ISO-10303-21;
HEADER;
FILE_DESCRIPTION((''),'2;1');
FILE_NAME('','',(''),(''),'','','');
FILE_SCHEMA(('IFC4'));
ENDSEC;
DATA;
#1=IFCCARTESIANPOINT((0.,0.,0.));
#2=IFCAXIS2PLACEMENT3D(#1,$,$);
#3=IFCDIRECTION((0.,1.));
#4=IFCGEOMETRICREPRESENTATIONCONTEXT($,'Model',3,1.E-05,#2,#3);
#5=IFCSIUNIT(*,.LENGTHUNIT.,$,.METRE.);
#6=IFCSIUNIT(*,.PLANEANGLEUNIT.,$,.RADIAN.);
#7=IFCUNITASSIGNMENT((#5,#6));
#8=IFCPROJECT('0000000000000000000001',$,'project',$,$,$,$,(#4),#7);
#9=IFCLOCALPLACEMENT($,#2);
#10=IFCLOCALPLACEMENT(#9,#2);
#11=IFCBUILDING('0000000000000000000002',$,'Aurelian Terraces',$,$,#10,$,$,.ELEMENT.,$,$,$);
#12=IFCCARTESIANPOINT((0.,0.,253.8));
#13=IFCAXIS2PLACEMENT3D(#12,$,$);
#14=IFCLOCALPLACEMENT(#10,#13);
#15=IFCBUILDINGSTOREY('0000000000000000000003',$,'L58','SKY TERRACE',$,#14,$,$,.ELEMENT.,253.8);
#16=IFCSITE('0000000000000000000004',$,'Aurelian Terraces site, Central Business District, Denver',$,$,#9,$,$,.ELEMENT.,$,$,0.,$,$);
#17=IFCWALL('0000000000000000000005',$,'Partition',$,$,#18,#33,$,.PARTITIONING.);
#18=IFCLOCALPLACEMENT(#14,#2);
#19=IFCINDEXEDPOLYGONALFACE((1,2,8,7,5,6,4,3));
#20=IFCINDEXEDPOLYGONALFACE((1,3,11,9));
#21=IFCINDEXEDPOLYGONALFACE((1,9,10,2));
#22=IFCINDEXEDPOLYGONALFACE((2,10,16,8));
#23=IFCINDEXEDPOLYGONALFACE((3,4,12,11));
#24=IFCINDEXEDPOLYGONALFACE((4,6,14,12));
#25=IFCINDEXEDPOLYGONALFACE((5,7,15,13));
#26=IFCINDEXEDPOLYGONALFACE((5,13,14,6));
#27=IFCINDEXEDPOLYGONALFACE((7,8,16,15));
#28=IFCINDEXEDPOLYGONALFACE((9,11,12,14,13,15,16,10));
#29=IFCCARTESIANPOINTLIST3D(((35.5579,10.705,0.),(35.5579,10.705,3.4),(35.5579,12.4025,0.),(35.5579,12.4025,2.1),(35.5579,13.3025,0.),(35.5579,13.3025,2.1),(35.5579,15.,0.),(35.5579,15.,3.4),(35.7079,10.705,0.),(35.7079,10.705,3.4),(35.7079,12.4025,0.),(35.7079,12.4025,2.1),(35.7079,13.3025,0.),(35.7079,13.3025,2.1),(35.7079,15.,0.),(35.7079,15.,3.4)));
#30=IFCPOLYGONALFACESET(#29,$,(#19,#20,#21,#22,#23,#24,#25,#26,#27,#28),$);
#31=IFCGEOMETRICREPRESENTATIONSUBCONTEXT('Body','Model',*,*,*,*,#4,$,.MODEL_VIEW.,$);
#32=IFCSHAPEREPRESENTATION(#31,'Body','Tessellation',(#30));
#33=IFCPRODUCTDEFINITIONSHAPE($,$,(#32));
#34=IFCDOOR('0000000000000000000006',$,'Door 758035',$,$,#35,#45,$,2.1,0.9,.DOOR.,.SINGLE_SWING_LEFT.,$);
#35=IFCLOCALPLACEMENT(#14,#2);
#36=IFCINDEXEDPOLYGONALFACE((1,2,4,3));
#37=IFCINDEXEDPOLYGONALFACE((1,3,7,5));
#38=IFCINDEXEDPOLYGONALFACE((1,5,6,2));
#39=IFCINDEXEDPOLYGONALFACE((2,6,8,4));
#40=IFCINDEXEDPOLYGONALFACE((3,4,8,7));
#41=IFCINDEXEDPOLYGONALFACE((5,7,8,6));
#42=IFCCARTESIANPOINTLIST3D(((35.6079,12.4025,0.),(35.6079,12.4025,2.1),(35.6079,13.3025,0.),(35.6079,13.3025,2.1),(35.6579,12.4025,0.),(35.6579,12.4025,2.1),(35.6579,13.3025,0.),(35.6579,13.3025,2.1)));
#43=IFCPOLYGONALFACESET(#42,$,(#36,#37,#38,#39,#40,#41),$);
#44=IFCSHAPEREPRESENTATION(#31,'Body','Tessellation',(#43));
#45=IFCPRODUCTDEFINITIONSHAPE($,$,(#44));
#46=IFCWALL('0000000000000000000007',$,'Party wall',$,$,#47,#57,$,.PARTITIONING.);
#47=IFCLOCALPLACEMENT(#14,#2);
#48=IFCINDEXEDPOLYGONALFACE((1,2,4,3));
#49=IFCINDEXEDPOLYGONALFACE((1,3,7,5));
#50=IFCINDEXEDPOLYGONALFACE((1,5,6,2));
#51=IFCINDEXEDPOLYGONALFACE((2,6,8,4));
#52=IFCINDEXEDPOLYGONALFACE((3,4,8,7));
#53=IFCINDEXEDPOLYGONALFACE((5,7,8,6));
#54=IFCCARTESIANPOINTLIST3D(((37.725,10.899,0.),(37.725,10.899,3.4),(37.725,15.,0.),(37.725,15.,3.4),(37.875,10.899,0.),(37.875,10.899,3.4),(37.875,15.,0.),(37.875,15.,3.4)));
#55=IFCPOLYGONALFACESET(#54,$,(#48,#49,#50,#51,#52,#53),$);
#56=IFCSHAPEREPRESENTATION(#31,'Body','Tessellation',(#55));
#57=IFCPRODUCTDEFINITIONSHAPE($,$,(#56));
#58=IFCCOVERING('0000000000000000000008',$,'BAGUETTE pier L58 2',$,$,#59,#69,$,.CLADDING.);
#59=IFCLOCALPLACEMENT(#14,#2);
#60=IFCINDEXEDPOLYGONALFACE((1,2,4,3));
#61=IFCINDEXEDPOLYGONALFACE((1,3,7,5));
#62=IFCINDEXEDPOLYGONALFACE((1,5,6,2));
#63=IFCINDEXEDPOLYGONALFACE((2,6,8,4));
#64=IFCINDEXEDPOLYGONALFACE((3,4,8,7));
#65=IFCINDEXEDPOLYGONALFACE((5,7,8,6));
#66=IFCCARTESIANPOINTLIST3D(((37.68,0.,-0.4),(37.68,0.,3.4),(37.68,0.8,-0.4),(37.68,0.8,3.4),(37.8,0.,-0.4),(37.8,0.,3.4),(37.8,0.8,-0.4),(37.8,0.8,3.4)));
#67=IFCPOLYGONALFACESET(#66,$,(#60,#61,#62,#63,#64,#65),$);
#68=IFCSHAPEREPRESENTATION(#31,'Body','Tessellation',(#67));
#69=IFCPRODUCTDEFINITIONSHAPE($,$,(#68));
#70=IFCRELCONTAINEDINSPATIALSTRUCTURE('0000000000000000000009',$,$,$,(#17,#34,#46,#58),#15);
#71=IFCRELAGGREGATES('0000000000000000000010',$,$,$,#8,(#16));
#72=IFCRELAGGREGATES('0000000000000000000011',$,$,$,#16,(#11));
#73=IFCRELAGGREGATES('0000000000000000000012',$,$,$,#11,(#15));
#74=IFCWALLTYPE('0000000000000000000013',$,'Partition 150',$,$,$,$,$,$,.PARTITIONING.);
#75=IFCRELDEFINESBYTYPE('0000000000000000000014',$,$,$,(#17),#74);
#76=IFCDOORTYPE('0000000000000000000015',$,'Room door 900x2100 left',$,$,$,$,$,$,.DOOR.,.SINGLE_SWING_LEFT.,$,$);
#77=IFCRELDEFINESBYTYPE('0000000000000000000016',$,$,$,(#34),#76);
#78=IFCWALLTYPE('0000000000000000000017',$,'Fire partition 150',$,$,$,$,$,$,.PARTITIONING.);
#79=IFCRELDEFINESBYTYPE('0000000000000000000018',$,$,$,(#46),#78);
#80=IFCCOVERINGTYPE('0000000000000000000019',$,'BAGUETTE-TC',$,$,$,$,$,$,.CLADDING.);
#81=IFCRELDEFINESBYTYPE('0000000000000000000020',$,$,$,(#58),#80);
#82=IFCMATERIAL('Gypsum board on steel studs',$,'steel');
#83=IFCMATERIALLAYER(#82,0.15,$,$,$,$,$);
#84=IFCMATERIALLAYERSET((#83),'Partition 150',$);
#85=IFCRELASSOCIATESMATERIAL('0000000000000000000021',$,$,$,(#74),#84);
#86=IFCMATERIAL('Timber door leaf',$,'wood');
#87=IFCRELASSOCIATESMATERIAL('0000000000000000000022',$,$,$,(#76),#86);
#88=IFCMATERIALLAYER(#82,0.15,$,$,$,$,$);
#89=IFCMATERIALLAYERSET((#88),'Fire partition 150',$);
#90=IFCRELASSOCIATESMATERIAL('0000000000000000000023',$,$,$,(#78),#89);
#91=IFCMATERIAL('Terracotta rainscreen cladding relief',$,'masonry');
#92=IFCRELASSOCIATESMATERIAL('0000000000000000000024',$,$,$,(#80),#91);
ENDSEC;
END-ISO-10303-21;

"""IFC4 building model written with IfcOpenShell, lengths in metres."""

from ifc_helpers import new_model, si_unit, direction, frame, frame_2d, origin, origin_2d, place, context, subcontext, project, spatial, rectangle, extrude, source, transform, mapped, material, layer, layer_set, type_object, element, fill, save


model = new_model("IFC4")

# Units and contexts
model_context = context("Model", 3, precision=1e-05, world=origin(), true_north=direction((0.0, 1.0)))
body_context = subcontext(model_context, "Body", "Model", "MODEL_VIEW")
ifc_project = project(units=[si_unit("LENGTHUNIT", "METRE"), si_unit("PLANEANGLEUNIT", "RADIAN")], contexts=[model_context])

# Site, building, storey
site_placement = place(None, origin())
site = spatial("IfcSite", under=ifc_project, at=site_placement, Name="Aurelian Terraces site, Central Business District, Denver", CompositionType="ELEMENT", RefElevation=0.0)
building_placement = place(site_placement, origin())
building = spatial("IfcBuilding", under=site, at=building_placement, Name="Aurelian Terraces", CompositionType="ELEMENT")
storey_placement = place(building_placement, frame((0.0, 0.0, 253.8)))
storey = spatial("IfcBuildingStorey", under=building, at=storey_placement, Name="L58", Description="SKY TERRACE", CompositionType="ELEMENT", Elevation=253.8)

# Shared definitions
ifc_material_1 = material(Name="Gypsum board on steel studs", Category="steel")
shared_shape_1 = source(origin(), body_context, "Body", "SweptSolid", [
    extrude(rectangle(XDim=0.9, YDim=2.1, at=frame_2d((0.45, 1.05))), frame((0.0, 0.025, 0.0), z_axis=(0.0, -1.0, 0.0), x_axis=(1.0, 0.0, 0.0)), (0.0, 0.0, 1.0), 0.05),
])

# Shared definitions
ifc_layer_1 = layer(ifc_material_1, 0.15)
ifc_layer_set_1 = layer_set([ifc_layer_1], Name="Partition 150")
wall_type_1 = type_object("IfcWallType", Name="Partition 150", PredefinedType="PARTITIONING", material=ifc_layer_set_1)
shared_shape_2 = source(origin(), body_context, "Body", "SweptSolid", [
    extrude(rectangle(XDim=4.295, YDim=0.15, at=frame_2d((2.1475, 0.0))), origin(), (0.0, 0.0, 1.0), 3.4),
])

# Wall, opening, door
wall_1_placement = place(storey_placement, frame((35.6329, 10.705, 0.0), z_axis=(0.0, 0.0, 1.0), x_axis=(0.0, 1.0, 0.0)))
wall_1 = element("IfcWall", 1, at=wall_1_placement, inside=storey, type_object=wall_type_1, Name="Partition", PredefinedType="PARTITIONING", context=body_context, shape_type="MappedRepresentation", body=[
    mapped(shared_shape_2, transform((0.0, 0.0, 0.0), scale=1.0)),
])
shared_shape_3 = source(origin(), body_context, "Body", "SweptSolid", [
    extrude(rectangle(XDim=0.9, YDim=2.1, at=frame_2d((0.45, 1.05))), frame((0.0, 0.085, 0.0), z_axis=(0.0, -1.0, 0.0), x_axis=(1.0, 0.0, 0.0)), (0.0, 0.0, 1.0), 0.17),
])
opening_1_placement = place(wall_1_placement, frame((1.6975, 0.0, 0.0)))
opening_1 = element("IfcOpeningElement", 2, at=opening_1_placement, cuts=wall_1, PredefinedType="OPENING", context=body_context, shape_type="MappedRepresentation", body=[
    mapped(shared_shape_3, transform((0.0, 0.0, 0.0), scale=1.0)),
])
ifc_material_2 = material(Name="Timber door leaf", Category="wood")
door_type_1 = type_object("IfcDoorType", Name="Room door 900x2100 left", OperationType="SINGLE_SWING_LEFT", PredefinedType="DOOR", material=ifc_material_2)
door_1_placement = place(opening_1_placement, origin())
door_1 = element("IfcDoor", 3, at=door_1_placement, inside=storey, type_object=door_type_1, Name="Door 758035", OperationType="SINGLE_SWING_LEFT", OverallHeight=2.1, OverallWidth=0.9, PredefinedType="DOOR", context=body_context, shape_type="MappedRepresentation", body=[
    mapped(shared_shape_1, transform((0.0, 0.0, 0.0), scale=1.0)),
])
fill(opening_1, door_1)

# Wall
ifc_layer_2 = layer(ifc_material_1, 0.15)
ifc_layer_set_2 = layer_set([ifc_layer_2], Name="Fire partition 150")
wall_type_2 = type_object("IfcWallType", Name="Fire partition 150", PredefinedType="PARTITIONING", material=ifc_layer_set_2)
shared_shape_4 = source(origin(), body_context, "Body", "SweptSolid", [
    extrude(rectangle(XDim=4.101, YDim=0.15, at=frame_2d((2.0505, 0.0))), origin(), (0.0, 0.0, 1.0), 3.4),
])
wall_2_placement = place(storey_placement, frame((37.8, 10.899, 0.0), z_axis=(0.0, 0.0, 1.0), x_axis=(0.0, 1.0, 0.0)))
element("IfcWall", 4, at=wall_2_placement, inside=storey, type_object=wall_type_2, Name="Party wall", PredefinedType="PARTITIONING", context=body_context, shape_type="MappedRepresentation", body=[
    mapped(shared_shape_4, transform((0.0, 0.0, 0.0), scale=1.0)),
])

# Covering
ifc_material_3 = material(Name="Terracotta rainscreen cladding relief", Category="masonry")
covering_type = type_object("IfcCoveringType", Name="BAGUETTE-TC", PredefinedType="CLADDING", material=ifc_material_3)
shared_shape_5 = source(origin(), body_context, "Body", "SweptSolid", [
    extrude(rectangle(XDim=0.12, YDim=0.8, at=origin_2d()), origin(), (0.0, 0.0, 1.0), 3.8),
])
covering_placement = place(storey_placement, frame((37.74, 0.4, -0.4), z_axis=(0.0, 0.0, 1.0), x_axis=(1.0, 0.0, 0.0)))
element("IfcCovering", 5, at=covering_placement, inside=storey, type_object=covering_type, Name="BAGUETTE pier L58 2", PredefinedType="CLADDING", context=body_context, shape_type="MappedRepresentation", body=[
    mapped(shared_shape_5, transform((0.0, 0.0, 0.0), scale=1.0)),
])

save(model, "model.ifc")
